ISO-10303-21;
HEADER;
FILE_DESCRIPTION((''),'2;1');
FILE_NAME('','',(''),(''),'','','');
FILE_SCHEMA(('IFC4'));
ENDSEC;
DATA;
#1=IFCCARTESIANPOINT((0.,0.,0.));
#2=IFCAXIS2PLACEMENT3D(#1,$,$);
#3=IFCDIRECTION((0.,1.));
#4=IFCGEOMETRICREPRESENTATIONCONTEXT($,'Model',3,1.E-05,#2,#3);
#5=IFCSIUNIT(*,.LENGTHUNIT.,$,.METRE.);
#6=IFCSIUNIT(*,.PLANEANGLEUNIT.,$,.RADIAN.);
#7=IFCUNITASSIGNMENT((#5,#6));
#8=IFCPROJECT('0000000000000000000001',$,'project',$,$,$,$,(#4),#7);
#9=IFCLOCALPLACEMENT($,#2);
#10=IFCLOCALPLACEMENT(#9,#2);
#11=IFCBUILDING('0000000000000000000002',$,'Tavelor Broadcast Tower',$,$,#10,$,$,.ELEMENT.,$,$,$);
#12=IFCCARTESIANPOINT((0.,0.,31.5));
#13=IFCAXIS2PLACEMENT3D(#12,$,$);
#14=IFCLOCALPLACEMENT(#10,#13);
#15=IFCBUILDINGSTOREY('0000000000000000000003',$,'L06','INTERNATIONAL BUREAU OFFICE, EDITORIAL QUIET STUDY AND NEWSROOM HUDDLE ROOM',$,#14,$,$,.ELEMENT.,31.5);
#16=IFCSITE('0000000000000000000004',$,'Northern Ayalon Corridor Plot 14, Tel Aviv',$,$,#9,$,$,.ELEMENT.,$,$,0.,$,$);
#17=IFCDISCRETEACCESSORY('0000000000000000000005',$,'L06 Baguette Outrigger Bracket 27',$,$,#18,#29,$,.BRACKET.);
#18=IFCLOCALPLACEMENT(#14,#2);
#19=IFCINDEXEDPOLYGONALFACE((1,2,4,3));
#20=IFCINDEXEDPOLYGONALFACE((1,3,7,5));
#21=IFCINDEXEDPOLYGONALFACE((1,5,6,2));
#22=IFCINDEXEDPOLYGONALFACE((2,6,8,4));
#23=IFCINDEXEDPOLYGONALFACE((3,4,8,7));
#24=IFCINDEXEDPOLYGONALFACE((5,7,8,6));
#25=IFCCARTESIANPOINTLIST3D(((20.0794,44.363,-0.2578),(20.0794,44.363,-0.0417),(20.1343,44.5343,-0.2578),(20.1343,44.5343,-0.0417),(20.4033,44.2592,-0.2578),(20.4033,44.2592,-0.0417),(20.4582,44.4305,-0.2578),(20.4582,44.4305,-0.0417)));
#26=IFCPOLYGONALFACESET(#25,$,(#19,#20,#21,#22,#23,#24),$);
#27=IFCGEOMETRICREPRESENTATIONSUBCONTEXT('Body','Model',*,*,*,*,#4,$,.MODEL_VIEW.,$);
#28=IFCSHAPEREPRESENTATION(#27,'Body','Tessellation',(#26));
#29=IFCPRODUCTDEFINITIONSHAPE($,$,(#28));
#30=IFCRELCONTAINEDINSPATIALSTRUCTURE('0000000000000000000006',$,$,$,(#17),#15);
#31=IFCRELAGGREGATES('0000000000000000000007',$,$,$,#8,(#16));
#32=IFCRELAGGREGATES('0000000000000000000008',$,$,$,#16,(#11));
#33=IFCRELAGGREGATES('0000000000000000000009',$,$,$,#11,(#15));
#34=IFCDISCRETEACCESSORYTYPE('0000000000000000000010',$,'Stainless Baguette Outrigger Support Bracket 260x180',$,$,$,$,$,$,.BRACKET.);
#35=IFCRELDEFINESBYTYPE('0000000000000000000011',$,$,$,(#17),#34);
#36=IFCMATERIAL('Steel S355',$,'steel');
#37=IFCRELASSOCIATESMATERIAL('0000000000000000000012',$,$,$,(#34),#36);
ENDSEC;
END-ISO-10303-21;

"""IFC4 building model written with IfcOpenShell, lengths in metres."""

from ifc_helpers import new_model, si_unit, direction, frame, origin, origin_2d, place, context, subcontext, project, spatial, rectangle, extrude, source, transform, mapped, material, type_object, type_shapes, element, save


model = new_model("IFC4")

# Units and contexts
model_context = context("Model", 3, precision=1e-05, world=origin(), true_north=direction((0.0, 1.0)))
body_context = subcontext(model_context, "Body", "Model", "MODEL_VIEW")
ifc_project = project(units=[si_unit("LENGTHUNIT", "METRE"), si_unit("PLANEANGLEUNIT", "RADIAN")], contexts=[model_context])

# Site, building, storey
site_placement = place(None, origin())
site = spatial("IfcSite", under=ifc_project, at=site_placement, Name="Northern Ayalon Corridor Plot 14, Tel Aviv", CompositionType="ELEMENT", RefElevation=0.0)
building_placement = place(site_placement, origin())
building = spatial("IfcBuilding", under=site, at=building_placement, Name="Tavelor Broadcast Tower", CompositionType="ELEMENT")
storey_placement = place(building_placement, frame((0.0, 0.0, 31.5)))
storey = spatial("IfcBuildingStorey", under=building, at=storey_placement, Name="L06", Description="INTERNATIONAL BUREAU OFFICE, EDITORIAL QUIET STUDY AND NEWSROOM HUDDLE ROOM", CompositionType="ELEMENT", Elevation=31.5)

# Shared definitions
ifc_material_1 = material(Name="Steel S355", Category="steel")

# Discrete accessory
discrete_accessory_type = type_object("IfcDiscreteAccessoryType", Name="Stainless Baguette Outrigger Support Bracket 260x180", PredefinedType="BRACKET", material=ifc_material_1)
shared_shape_1 = source(origin(), body_context, "Body", "SweptSolid", [
    extrude(rectangle(XDim=0.1799, YDim=0.3401, at=origin_2d()), origin(), (0.0, 0.0, 1.0), 0.2161),
])
type_shapes(discrete_accessory_type, [shared_shape_1])
discrete_accessory_placement = place(storey_placement, frame((20.2688, 44.3967, -0.2578), z_axis=(0.0, 0.0, 1.0), x_axis=(-0.305197, -0.952289, 0.0)))
element("IfcDiscreteAccessory", 1, at=discrete_accessory_placement, inside=storey, type_object=discrete_accessory_type, Name="L06 Baguette Outrigger Bracket 27", PredefinedType="BRACKET", context=body_context, shape_type="MappedRepresentation", body=[
    mapped(shared_shape_1, transform((0.0, 0.0, 0.0), scale=1.0)),
])

save(model, "model.ifc")
